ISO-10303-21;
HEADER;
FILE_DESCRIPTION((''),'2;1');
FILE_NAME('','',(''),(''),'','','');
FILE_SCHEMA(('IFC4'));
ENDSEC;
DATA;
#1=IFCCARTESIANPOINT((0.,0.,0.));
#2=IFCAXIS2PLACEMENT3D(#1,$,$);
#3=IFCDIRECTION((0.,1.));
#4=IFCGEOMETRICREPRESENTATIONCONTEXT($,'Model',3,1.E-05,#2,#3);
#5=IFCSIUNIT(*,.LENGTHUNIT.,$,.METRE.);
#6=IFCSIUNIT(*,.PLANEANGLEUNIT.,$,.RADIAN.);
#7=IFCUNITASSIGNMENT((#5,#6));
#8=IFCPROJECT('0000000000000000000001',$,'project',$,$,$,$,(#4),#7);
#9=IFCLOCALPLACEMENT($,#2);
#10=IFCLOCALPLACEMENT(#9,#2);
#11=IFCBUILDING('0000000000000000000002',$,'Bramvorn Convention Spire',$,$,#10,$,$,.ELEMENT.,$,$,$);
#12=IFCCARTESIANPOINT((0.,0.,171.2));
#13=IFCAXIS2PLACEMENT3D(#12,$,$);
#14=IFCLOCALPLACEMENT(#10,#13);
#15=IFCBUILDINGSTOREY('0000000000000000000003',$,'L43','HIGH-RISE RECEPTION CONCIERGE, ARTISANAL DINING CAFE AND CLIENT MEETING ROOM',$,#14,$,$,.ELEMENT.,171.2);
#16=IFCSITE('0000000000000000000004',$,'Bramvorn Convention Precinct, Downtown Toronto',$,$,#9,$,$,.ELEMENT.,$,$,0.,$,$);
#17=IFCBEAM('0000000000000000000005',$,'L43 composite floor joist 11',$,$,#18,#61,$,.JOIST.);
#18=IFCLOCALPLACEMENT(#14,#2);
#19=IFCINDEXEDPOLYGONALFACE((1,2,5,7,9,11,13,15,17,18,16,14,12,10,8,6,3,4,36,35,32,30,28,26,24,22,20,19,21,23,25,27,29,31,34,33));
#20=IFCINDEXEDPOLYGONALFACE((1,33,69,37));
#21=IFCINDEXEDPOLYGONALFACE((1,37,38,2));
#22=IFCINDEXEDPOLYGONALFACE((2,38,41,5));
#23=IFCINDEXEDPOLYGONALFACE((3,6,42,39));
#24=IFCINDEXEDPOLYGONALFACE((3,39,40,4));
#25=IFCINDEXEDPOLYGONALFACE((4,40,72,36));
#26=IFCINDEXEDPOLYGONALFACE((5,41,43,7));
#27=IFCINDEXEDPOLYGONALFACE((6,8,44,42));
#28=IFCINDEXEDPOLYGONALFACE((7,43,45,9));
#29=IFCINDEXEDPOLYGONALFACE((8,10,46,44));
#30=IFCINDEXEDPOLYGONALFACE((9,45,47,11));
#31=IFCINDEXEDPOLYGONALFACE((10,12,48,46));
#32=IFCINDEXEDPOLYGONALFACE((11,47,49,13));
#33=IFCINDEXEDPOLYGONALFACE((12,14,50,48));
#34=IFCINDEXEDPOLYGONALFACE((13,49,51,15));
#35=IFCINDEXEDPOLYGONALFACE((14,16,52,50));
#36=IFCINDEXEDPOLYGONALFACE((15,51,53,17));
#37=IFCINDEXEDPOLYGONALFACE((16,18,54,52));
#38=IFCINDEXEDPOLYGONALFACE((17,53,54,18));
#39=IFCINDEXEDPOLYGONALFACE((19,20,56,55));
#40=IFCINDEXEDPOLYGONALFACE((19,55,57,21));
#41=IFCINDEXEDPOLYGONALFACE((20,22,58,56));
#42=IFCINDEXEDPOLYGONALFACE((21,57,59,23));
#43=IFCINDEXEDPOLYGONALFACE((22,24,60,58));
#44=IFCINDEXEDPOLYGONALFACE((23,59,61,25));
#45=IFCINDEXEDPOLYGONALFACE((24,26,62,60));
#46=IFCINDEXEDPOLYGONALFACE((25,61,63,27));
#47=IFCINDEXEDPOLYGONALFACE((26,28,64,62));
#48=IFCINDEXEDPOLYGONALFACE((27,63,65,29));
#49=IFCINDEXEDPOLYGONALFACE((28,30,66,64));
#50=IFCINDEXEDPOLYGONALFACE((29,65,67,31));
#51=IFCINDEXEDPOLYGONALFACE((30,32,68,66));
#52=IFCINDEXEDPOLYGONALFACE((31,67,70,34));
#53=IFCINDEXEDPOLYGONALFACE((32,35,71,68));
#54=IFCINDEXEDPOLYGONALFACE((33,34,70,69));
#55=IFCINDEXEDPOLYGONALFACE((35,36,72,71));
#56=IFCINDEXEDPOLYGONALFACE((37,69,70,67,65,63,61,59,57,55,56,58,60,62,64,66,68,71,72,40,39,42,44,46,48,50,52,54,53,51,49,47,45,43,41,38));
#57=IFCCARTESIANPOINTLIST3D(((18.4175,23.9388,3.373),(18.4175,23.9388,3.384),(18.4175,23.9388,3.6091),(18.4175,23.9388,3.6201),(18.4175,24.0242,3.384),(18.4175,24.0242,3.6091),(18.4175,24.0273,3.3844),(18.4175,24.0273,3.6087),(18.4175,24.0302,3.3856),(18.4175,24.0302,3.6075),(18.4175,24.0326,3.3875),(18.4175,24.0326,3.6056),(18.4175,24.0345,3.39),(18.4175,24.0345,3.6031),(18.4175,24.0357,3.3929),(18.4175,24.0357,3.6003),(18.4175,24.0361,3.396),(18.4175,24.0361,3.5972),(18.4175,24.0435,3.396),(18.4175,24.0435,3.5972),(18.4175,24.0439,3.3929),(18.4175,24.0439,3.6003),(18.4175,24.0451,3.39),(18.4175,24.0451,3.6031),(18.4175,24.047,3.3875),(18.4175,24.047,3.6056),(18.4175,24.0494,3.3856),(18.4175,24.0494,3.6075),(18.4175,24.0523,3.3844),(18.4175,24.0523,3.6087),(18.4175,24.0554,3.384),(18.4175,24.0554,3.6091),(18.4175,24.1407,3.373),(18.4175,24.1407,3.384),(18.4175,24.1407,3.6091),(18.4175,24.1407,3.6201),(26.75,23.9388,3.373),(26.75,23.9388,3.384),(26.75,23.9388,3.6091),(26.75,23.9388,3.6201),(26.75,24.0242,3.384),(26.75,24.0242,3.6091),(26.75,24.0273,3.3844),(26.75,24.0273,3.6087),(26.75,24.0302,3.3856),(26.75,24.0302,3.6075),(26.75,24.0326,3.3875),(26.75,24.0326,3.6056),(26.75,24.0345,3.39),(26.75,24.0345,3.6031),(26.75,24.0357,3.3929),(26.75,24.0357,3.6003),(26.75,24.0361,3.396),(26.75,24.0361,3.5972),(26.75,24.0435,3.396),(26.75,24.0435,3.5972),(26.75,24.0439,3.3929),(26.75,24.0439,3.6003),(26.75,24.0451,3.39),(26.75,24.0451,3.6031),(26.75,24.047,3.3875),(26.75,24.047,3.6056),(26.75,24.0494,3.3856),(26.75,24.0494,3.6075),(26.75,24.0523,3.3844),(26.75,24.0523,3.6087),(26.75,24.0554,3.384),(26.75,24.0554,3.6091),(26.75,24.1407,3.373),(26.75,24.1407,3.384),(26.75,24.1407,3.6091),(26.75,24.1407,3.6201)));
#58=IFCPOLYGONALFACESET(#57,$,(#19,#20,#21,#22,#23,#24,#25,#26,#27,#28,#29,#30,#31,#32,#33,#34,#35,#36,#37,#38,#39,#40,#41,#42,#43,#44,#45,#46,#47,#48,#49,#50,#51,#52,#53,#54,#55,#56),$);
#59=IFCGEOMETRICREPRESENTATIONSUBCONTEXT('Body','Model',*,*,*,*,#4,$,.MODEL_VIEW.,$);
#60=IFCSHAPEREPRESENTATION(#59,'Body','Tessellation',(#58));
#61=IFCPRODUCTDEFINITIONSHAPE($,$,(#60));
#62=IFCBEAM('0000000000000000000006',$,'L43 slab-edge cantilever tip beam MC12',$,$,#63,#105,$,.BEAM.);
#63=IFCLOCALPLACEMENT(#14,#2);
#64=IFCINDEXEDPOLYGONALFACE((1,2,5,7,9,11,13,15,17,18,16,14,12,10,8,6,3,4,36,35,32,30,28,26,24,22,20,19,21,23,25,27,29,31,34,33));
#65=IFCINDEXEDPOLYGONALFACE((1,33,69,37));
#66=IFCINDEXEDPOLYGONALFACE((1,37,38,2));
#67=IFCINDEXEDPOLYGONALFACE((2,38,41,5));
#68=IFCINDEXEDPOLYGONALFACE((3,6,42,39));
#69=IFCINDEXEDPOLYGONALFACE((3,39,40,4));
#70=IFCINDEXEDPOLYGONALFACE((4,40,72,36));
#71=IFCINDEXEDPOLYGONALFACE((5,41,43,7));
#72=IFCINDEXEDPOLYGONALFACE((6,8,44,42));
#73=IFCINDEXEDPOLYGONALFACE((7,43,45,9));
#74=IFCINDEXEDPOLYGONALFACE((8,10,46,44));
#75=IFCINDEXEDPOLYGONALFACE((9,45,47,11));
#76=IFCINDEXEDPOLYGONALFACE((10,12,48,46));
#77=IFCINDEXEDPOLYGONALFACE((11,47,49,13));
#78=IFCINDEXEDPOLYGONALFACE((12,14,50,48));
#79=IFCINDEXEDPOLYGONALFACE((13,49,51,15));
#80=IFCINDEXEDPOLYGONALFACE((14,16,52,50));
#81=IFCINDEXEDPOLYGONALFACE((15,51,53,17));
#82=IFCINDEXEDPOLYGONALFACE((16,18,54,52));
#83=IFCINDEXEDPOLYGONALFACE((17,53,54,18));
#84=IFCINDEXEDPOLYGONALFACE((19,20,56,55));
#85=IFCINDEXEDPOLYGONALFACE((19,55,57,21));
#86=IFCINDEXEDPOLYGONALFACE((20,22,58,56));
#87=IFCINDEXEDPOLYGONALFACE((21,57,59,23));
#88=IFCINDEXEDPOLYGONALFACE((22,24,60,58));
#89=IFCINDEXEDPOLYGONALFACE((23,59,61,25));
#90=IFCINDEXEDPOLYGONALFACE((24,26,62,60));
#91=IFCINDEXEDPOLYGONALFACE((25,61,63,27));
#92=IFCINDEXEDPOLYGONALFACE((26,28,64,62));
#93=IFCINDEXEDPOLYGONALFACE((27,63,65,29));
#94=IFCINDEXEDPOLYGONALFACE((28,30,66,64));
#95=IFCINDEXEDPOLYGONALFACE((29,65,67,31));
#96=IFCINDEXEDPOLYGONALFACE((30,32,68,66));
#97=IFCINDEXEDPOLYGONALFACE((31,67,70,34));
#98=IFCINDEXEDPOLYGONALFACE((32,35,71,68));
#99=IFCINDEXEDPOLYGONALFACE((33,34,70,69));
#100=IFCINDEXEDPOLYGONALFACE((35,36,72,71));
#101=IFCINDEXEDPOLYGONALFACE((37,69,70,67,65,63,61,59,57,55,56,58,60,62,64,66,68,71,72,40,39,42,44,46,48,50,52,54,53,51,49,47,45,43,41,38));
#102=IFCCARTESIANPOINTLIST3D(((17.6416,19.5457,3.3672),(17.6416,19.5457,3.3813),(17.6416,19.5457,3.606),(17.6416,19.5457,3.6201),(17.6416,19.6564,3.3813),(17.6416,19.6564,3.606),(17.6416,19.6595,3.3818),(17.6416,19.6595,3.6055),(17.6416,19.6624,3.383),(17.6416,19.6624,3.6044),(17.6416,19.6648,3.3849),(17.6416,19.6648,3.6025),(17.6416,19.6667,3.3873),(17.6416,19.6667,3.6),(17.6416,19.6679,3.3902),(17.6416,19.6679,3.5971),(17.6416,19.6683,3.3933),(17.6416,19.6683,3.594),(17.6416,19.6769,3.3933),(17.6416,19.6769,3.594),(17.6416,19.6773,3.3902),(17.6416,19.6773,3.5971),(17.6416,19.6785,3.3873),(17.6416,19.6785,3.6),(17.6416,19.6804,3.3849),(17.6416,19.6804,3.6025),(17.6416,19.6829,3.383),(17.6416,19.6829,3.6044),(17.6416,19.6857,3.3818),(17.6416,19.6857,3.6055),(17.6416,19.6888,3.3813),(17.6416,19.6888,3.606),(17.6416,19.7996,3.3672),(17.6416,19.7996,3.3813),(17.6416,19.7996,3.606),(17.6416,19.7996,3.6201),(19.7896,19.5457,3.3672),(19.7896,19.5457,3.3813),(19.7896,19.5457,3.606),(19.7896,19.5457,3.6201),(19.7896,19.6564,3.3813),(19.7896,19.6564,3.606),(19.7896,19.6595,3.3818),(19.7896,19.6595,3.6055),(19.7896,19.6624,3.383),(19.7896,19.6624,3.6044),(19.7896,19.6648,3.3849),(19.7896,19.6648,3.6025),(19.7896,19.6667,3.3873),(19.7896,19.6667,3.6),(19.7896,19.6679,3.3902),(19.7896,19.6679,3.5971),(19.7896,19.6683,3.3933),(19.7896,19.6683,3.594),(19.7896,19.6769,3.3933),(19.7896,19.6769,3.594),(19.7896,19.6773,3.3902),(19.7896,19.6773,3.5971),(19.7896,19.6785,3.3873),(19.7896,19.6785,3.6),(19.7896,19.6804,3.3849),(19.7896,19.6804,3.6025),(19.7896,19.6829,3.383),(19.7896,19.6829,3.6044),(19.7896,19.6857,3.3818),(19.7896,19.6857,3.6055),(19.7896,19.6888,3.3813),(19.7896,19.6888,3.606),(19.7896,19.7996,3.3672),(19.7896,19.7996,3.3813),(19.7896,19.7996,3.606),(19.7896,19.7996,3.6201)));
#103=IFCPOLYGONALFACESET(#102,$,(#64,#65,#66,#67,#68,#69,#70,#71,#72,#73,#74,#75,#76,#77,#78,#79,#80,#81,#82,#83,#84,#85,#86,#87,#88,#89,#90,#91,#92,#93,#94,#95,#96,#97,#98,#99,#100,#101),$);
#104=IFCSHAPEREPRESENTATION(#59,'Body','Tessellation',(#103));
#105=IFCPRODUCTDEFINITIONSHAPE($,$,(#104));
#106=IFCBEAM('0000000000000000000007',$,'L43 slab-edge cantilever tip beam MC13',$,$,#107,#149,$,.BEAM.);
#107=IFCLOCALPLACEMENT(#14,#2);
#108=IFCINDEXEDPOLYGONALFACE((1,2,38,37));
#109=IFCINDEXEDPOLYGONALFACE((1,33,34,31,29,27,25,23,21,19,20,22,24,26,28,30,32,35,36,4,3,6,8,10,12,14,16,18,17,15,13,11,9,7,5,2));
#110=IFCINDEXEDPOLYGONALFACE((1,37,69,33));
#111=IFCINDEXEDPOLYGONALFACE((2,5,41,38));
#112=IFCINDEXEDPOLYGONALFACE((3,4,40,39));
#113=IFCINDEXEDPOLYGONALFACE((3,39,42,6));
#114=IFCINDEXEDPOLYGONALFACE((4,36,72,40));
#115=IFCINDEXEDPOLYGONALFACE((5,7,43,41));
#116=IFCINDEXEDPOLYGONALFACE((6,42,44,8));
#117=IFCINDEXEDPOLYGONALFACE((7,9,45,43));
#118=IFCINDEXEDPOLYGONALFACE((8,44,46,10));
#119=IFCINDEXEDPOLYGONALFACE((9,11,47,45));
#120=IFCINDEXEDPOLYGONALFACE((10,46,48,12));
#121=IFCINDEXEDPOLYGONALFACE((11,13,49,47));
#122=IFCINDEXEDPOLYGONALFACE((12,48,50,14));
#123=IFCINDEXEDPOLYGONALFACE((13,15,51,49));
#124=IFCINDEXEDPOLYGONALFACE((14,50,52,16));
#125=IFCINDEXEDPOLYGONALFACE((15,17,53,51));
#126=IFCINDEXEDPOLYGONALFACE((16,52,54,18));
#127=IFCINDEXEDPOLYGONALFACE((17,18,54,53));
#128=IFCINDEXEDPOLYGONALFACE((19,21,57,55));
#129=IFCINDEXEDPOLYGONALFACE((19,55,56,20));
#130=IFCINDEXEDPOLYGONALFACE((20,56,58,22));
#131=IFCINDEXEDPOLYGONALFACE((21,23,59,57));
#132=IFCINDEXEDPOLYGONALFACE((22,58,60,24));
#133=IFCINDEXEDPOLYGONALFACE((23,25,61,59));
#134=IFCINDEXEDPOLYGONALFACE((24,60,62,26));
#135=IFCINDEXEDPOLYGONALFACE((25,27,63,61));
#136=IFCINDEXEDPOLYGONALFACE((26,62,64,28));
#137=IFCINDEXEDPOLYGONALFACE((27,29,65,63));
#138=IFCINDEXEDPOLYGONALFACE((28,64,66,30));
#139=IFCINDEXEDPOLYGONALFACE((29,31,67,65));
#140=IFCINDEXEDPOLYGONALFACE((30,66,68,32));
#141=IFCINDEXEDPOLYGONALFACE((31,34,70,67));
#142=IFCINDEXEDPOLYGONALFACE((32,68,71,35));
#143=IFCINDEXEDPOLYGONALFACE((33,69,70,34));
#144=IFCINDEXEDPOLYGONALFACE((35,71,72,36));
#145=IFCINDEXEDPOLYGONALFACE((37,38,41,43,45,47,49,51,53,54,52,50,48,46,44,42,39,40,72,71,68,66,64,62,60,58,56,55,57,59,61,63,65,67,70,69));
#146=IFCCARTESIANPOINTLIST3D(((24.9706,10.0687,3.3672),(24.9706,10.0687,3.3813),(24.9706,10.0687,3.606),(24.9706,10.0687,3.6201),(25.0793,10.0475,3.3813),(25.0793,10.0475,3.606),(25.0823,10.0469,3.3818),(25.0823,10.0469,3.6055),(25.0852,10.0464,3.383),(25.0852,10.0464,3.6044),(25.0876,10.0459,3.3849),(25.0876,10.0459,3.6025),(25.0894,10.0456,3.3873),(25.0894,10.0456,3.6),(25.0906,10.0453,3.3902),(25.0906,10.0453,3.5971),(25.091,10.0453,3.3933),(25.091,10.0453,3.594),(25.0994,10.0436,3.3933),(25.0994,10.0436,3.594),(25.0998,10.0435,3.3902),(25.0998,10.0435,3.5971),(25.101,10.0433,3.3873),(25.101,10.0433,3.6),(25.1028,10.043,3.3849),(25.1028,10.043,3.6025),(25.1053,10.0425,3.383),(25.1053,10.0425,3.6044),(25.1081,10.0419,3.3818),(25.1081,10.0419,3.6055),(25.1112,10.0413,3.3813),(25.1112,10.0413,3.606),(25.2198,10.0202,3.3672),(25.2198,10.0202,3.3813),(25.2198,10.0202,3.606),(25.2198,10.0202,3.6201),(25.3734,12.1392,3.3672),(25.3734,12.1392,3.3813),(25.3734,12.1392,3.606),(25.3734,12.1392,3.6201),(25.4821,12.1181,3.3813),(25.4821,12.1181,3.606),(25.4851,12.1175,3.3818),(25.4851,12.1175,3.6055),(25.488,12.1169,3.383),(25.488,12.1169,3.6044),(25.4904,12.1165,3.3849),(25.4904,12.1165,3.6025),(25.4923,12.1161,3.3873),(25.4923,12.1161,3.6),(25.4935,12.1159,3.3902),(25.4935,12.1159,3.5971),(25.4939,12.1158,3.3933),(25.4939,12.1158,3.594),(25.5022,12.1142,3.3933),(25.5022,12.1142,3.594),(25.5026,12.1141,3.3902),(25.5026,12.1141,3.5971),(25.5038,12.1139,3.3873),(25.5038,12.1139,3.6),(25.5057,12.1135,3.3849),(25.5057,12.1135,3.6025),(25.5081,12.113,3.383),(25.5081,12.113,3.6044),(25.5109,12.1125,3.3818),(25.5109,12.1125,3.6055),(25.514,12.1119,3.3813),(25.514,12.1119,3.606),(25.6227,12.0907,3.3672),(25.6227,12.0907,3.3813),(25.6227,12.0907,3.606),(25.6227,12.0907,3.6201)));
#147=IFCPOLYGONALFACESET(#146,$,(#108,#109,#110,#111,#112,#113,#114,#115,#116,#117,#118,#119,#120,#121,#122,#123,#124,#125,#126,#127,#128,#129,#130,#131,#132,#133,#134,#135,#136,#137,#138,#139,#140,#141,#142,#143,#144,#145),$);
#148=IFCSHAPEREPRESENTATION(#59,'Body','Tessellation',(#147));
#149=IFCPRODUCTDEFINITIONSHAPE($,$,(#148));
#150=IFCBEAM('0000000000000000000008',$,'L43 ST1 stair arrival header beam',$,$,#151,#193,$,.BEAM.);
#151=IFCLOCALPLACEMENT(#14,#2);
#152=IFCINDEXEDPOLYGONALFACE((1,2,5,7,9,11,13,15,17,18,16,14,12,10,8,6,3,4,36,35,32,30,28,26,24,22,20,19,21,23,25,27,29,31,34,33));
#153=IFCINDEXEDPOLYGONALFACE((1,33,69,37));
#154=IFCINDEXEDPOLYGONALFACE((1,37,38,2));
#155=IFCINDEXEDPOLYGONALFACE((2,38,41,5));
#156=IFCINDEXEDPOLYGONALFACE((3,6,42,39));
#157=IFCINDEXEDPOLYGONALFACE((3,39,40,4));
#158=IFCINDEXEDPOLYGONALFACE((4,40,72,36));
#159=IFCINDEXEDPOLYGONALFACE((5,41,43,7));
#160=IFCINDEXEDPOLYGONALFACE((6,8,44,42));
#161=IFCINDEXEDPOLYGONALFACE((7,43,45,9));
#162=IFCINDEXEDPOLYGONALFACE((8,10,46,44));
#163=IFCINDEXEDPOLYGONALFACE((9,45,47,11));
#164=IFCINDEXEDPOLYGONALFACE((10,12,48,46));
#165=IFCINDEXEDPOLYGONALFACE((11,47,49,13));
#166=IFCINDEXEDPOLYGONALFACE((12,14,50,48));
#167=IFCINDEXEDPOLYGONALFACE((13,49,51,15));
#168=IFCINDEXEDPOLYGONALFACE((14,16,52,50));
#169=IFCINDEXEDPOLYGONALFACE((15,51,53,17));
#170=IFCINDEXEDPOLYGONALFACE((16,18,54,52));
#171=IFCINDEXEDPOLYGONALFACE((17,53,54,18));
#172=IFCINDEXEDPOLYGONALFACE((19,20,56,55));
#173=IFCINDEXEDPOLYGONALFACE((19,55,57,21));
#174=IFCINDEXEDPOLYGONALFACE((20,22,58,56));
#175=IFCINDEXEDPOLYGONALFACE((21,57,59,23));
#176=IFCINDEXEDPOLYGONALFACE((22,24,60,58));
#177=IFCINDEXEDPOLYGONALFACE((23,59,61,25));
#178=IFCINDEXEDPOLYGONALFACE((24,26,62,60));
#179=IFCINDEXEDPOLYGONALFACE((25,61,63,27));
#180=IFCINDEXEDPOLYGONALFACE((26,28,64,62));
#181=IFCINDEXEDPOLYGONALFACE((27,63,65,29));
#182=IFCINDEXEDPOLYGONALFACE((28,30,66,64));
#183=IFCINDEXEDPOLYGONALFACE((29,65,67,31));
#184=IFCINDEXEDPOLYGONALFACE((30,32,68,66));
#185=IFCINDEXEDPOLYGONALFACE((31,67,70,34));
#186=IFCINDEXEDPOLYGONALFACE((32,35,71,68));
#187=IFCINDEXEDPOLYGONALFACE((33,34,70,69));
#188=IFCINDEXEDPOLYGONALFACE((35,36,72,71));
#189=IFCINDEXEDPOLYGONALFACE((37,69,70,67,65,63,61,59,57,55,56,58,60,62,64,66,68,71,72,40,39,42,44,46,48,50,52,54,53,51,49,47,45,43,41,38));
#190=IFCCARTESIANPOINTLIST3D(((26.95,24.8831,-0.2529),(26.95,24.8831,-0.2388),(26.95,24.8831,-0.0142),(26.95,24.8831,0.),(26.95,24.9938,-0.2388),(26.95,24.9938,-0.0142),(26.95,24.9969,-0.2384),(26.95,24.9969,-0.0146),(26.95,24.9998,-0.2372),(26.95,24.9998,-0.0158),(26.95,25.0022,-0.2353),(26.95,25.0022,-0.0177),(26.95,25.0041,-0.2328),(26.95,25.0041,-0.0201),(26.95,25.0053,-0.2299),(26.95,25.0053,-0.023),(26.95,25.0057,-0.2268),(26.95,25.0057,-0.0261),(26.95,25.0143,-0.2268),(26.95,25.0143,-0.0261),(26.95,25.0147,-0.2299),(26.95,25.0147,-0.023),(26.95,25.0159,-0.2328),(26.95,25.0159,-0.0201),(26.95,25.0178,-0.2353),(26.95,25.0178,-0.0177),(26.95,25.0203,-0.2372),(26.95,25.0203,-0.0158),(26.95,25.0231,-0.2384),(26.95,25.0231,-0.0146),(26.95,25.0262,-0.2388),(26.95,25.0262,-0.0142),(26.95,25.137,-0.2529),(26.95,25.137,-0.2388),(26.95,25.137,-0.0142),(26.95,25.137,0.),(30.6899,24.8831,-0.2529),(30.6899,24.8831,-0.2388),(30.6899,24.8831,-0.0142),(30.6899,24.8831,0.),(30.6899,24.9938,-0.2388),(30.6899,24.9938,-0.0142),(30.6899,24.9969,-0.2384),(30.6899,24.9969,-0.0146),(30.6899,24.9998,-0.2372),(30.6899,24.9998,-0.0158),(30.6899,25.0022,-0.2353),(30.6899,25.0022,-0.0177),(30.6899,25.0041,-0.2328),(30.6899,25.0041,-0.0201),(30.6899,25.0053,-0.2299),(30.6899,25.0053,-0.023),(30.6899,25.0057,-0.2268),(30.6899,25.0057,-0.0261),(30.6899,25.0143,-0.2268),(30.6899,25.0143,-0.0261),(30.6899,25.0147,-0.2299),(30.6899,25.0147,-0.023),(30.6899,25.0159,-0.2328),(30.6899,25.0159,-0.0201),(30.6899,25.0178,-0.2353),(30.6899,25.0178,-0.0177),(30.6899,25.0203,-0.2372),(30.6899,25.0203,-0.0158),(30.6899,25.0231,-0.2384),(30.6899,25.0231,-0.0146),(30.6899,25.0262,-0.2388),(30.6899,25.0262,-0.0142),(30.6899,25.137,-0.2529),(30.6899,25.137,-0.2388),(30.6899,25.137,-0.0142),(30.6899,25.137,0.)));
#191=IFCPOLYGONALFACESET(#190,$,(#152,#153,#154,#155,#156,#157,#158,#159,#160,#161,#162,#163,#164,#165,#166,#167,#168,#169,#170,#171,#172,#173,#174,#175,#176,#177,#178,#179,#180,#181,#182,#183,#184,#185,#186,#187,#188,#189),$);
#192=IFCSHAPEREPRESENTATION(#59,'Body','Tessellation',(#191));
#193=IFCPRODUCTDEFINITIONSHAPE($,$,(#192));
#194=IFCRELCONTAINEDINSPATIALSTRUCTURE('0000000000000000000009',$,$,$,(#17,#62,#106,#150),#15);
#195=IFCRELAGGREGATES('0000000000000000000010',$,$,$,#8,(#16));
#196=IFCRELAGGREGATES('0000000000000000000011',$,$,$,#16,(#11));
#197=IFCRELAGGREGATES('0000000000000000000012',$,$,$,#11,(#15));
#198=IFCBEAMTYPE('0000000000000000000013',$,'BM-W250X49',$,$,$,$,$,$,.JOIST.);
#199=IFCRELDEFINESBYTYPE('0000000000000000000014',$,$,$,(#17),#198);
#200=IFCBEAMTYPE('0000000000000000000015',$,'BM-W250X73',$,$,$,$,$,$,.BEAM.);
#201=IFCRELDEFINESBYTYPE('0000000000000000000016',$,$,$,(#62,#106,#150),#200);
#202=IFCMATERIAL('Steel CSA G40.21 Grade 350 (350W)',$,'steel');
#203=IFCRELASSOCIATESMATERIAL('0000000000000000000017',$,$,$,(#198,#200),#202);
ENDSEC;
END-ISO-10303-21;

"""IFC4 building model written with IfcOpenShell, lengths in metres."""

from ifc_helpers import new_model, si_unit, direction, frame, origin, origin_2d, place, context, subcontext, project, spatial, i_section, extrude, material, material_profile, profile_set, type_object, element, save


model = new_model("IFC4")

# Units and contexts
model_context = context("Model", 3, precision=1e-05, world=origin(), true_north=direction((0.0, 1.0)))
body_context = subcontext(model_context, "Body", "Model", "MODEL_VIEW")
ifc_project = project(units=[si_unit("LENGTHUNIT", "METRE"), si_unit("PLANEANGLEUNIT", "RADIAN")], contexts=[model_context])

# Site, building, storey
site_placement = place(None, origin())
site = spatial("IfcSite", under=ifc_project, at=site_placement, Name="Bramvorn Convention Precinct, Downtown Toronto", CompositionType="ELEMENT", RefElevation=0.0)
building_placement = place(site_placement, origin())
building = spatial("IfcBuilding", under=site, at=building_placement, Name="Bramvorn Convention Spire", CompositionType="ELEMENT")
storey_placement = place(building_placement, frame((0.0, 0.0, 171.2)))
storey = spatial("IfcBuildingStorey", under=building, at=storey_placement, Name="L43", Description="HIGH-RISE RECEPTION CONCIERGE, ARTISANAL DINING CAFE AND CLIENT MEETING ROOM", CompositionType="ELEMENT", Elevation=171.2)

# Shared definitions
ifc_material_1 = material(Name="Steel CSA G40.21 Grade 350 (350W)", Category="steel")

# Beams
ifc_material_profile_1 = material_profile(ifc_material_1, i_section(OverallWidth=0.2019, OverallDepth=0.2471, WebThickness=0.0073, FlangeThickness=0.011, FilletRadius=0.012, at=origin_2d()))
ifc_profile_set_1 = profile_set([ifc_material_profile_1], Name="Steel CSA G40.21 Grade 350 (350W) - W250X49")
beam_type_1 = type_object("IfcBeamType", Name="BM-W250X49", PredefinedType="JOIST", material=ifc_profile_set_1)
beam_1_placement = place(storey_placement, frame((26.75, 24.0398, 3.4966), z_axis=(-1.0, 0.0, 0.0), x_axis=(0.0, -1.0, 0.0)))
element("IfcBeam", 1, at=beam_1_placement, inside=storey, type_object=beam_type_1, Name="L43 composite floor joist 11", PredefinedType="JOIST", context=body_context, shape_type="SweptSolid", body=[
    extrude(i_section(OverallWidth=0.2019, OverallDepth=0.2471, WebThickness=0.0073, FlangeThickness=0.011, FilletRadius=0.012, at=origin_2d()), origin(), (0.0, 0.0, 1.0), 8.3325),
])
ifc_material_profile_2 = material_profile(ifc_material_1, i_section(OverallWidth=0.2539, OverallDepth=0.2529, WebThickness=0.0085, FlangeThickness=0.0142, FilletRadius=0.012, at=origin_2d()))
ifc_profile_set_2 = profile_set([ifc_material_profile_2], Name="Steel CSA G40.21 Grade 350 (350W) - W250X73")
beam_type_2 = type_object("IfcBeamType", Name="BM-W250X73", PredefinedType="BEAM", material=ifc_profile_set_2)
beam_2_placement = place(storey_placement, frame((19.7896, 19.6726, 3.4937), z_axis=(-1.0, 0.0, 0.0), x_axis=(0.0, -1.0, 0.0)))
element("IfcBeam", 2, at=beam_2_placement, inside=storey, type_object=beam_type_2, Name="L43 slab-edge cantilever tip beam MC12", PredefinedType="BEAM", context=body_context, shape_type="SweptSolid", body=[
    extrude(i_section(OverallWidth=0.2539, OverallDepth=0.2529, WebThickness=0.0085, FlangeThickness=0.0142, FilletRadius=0.012, at=origin_2d()), origin(), (0.0, 0.0, 1.0), 2.1479),
])
beam_3_placement = place(storey_placement, frame((25.498, 12.115, 3.4937), z_axis=(-0.190972, -0.981596, 0.0), x_axis=(0.981596, -0.190972, 0.0)))
element("IfcBeam", 3, at=beam_3_placement, inside=storey, type_object=beam_type_2, Name="L43 slab-edge cantilever tip beam MC13", PredefinedType="BEAM", context=body_context, shape_type="SweptSolid", body=[
    extrude(i_section(OverallWidth=0.2539, OverallDepth=0.2529, WebThickness=0.0085, FlangeThickness=0.0142, FilletRadius=0.012, at=origin_2d()), origin(), (0.0, 0.0, 1.0), 2.1094),
])
beam_4_placement = place(storey_placement, frame((26.95, 25.01, -0.1265), z_axis=(1.0, 0.0, 0.0), x_axis=(0.0, 1.0, 0.0)))
element("IfcBeam", 4, at=beam_4_placement, inside=storey, type_object=beam_type_2, Name="L43 ST1 stair arrival header beam", PredefinedType="BEAM", context=body_context, shape_type="SweptSolid", body=[
    extrude(i_section(OverallWidth=0.2539, OverallDepth=0.2529, WebThickness=0.0085, FlangeThickness=0.0142, FilletRadius=0.012, at=origin_2d()), origin(), (0.0, 0.0, 1.0), 3.74),
])

save(model, "model.ifc")
